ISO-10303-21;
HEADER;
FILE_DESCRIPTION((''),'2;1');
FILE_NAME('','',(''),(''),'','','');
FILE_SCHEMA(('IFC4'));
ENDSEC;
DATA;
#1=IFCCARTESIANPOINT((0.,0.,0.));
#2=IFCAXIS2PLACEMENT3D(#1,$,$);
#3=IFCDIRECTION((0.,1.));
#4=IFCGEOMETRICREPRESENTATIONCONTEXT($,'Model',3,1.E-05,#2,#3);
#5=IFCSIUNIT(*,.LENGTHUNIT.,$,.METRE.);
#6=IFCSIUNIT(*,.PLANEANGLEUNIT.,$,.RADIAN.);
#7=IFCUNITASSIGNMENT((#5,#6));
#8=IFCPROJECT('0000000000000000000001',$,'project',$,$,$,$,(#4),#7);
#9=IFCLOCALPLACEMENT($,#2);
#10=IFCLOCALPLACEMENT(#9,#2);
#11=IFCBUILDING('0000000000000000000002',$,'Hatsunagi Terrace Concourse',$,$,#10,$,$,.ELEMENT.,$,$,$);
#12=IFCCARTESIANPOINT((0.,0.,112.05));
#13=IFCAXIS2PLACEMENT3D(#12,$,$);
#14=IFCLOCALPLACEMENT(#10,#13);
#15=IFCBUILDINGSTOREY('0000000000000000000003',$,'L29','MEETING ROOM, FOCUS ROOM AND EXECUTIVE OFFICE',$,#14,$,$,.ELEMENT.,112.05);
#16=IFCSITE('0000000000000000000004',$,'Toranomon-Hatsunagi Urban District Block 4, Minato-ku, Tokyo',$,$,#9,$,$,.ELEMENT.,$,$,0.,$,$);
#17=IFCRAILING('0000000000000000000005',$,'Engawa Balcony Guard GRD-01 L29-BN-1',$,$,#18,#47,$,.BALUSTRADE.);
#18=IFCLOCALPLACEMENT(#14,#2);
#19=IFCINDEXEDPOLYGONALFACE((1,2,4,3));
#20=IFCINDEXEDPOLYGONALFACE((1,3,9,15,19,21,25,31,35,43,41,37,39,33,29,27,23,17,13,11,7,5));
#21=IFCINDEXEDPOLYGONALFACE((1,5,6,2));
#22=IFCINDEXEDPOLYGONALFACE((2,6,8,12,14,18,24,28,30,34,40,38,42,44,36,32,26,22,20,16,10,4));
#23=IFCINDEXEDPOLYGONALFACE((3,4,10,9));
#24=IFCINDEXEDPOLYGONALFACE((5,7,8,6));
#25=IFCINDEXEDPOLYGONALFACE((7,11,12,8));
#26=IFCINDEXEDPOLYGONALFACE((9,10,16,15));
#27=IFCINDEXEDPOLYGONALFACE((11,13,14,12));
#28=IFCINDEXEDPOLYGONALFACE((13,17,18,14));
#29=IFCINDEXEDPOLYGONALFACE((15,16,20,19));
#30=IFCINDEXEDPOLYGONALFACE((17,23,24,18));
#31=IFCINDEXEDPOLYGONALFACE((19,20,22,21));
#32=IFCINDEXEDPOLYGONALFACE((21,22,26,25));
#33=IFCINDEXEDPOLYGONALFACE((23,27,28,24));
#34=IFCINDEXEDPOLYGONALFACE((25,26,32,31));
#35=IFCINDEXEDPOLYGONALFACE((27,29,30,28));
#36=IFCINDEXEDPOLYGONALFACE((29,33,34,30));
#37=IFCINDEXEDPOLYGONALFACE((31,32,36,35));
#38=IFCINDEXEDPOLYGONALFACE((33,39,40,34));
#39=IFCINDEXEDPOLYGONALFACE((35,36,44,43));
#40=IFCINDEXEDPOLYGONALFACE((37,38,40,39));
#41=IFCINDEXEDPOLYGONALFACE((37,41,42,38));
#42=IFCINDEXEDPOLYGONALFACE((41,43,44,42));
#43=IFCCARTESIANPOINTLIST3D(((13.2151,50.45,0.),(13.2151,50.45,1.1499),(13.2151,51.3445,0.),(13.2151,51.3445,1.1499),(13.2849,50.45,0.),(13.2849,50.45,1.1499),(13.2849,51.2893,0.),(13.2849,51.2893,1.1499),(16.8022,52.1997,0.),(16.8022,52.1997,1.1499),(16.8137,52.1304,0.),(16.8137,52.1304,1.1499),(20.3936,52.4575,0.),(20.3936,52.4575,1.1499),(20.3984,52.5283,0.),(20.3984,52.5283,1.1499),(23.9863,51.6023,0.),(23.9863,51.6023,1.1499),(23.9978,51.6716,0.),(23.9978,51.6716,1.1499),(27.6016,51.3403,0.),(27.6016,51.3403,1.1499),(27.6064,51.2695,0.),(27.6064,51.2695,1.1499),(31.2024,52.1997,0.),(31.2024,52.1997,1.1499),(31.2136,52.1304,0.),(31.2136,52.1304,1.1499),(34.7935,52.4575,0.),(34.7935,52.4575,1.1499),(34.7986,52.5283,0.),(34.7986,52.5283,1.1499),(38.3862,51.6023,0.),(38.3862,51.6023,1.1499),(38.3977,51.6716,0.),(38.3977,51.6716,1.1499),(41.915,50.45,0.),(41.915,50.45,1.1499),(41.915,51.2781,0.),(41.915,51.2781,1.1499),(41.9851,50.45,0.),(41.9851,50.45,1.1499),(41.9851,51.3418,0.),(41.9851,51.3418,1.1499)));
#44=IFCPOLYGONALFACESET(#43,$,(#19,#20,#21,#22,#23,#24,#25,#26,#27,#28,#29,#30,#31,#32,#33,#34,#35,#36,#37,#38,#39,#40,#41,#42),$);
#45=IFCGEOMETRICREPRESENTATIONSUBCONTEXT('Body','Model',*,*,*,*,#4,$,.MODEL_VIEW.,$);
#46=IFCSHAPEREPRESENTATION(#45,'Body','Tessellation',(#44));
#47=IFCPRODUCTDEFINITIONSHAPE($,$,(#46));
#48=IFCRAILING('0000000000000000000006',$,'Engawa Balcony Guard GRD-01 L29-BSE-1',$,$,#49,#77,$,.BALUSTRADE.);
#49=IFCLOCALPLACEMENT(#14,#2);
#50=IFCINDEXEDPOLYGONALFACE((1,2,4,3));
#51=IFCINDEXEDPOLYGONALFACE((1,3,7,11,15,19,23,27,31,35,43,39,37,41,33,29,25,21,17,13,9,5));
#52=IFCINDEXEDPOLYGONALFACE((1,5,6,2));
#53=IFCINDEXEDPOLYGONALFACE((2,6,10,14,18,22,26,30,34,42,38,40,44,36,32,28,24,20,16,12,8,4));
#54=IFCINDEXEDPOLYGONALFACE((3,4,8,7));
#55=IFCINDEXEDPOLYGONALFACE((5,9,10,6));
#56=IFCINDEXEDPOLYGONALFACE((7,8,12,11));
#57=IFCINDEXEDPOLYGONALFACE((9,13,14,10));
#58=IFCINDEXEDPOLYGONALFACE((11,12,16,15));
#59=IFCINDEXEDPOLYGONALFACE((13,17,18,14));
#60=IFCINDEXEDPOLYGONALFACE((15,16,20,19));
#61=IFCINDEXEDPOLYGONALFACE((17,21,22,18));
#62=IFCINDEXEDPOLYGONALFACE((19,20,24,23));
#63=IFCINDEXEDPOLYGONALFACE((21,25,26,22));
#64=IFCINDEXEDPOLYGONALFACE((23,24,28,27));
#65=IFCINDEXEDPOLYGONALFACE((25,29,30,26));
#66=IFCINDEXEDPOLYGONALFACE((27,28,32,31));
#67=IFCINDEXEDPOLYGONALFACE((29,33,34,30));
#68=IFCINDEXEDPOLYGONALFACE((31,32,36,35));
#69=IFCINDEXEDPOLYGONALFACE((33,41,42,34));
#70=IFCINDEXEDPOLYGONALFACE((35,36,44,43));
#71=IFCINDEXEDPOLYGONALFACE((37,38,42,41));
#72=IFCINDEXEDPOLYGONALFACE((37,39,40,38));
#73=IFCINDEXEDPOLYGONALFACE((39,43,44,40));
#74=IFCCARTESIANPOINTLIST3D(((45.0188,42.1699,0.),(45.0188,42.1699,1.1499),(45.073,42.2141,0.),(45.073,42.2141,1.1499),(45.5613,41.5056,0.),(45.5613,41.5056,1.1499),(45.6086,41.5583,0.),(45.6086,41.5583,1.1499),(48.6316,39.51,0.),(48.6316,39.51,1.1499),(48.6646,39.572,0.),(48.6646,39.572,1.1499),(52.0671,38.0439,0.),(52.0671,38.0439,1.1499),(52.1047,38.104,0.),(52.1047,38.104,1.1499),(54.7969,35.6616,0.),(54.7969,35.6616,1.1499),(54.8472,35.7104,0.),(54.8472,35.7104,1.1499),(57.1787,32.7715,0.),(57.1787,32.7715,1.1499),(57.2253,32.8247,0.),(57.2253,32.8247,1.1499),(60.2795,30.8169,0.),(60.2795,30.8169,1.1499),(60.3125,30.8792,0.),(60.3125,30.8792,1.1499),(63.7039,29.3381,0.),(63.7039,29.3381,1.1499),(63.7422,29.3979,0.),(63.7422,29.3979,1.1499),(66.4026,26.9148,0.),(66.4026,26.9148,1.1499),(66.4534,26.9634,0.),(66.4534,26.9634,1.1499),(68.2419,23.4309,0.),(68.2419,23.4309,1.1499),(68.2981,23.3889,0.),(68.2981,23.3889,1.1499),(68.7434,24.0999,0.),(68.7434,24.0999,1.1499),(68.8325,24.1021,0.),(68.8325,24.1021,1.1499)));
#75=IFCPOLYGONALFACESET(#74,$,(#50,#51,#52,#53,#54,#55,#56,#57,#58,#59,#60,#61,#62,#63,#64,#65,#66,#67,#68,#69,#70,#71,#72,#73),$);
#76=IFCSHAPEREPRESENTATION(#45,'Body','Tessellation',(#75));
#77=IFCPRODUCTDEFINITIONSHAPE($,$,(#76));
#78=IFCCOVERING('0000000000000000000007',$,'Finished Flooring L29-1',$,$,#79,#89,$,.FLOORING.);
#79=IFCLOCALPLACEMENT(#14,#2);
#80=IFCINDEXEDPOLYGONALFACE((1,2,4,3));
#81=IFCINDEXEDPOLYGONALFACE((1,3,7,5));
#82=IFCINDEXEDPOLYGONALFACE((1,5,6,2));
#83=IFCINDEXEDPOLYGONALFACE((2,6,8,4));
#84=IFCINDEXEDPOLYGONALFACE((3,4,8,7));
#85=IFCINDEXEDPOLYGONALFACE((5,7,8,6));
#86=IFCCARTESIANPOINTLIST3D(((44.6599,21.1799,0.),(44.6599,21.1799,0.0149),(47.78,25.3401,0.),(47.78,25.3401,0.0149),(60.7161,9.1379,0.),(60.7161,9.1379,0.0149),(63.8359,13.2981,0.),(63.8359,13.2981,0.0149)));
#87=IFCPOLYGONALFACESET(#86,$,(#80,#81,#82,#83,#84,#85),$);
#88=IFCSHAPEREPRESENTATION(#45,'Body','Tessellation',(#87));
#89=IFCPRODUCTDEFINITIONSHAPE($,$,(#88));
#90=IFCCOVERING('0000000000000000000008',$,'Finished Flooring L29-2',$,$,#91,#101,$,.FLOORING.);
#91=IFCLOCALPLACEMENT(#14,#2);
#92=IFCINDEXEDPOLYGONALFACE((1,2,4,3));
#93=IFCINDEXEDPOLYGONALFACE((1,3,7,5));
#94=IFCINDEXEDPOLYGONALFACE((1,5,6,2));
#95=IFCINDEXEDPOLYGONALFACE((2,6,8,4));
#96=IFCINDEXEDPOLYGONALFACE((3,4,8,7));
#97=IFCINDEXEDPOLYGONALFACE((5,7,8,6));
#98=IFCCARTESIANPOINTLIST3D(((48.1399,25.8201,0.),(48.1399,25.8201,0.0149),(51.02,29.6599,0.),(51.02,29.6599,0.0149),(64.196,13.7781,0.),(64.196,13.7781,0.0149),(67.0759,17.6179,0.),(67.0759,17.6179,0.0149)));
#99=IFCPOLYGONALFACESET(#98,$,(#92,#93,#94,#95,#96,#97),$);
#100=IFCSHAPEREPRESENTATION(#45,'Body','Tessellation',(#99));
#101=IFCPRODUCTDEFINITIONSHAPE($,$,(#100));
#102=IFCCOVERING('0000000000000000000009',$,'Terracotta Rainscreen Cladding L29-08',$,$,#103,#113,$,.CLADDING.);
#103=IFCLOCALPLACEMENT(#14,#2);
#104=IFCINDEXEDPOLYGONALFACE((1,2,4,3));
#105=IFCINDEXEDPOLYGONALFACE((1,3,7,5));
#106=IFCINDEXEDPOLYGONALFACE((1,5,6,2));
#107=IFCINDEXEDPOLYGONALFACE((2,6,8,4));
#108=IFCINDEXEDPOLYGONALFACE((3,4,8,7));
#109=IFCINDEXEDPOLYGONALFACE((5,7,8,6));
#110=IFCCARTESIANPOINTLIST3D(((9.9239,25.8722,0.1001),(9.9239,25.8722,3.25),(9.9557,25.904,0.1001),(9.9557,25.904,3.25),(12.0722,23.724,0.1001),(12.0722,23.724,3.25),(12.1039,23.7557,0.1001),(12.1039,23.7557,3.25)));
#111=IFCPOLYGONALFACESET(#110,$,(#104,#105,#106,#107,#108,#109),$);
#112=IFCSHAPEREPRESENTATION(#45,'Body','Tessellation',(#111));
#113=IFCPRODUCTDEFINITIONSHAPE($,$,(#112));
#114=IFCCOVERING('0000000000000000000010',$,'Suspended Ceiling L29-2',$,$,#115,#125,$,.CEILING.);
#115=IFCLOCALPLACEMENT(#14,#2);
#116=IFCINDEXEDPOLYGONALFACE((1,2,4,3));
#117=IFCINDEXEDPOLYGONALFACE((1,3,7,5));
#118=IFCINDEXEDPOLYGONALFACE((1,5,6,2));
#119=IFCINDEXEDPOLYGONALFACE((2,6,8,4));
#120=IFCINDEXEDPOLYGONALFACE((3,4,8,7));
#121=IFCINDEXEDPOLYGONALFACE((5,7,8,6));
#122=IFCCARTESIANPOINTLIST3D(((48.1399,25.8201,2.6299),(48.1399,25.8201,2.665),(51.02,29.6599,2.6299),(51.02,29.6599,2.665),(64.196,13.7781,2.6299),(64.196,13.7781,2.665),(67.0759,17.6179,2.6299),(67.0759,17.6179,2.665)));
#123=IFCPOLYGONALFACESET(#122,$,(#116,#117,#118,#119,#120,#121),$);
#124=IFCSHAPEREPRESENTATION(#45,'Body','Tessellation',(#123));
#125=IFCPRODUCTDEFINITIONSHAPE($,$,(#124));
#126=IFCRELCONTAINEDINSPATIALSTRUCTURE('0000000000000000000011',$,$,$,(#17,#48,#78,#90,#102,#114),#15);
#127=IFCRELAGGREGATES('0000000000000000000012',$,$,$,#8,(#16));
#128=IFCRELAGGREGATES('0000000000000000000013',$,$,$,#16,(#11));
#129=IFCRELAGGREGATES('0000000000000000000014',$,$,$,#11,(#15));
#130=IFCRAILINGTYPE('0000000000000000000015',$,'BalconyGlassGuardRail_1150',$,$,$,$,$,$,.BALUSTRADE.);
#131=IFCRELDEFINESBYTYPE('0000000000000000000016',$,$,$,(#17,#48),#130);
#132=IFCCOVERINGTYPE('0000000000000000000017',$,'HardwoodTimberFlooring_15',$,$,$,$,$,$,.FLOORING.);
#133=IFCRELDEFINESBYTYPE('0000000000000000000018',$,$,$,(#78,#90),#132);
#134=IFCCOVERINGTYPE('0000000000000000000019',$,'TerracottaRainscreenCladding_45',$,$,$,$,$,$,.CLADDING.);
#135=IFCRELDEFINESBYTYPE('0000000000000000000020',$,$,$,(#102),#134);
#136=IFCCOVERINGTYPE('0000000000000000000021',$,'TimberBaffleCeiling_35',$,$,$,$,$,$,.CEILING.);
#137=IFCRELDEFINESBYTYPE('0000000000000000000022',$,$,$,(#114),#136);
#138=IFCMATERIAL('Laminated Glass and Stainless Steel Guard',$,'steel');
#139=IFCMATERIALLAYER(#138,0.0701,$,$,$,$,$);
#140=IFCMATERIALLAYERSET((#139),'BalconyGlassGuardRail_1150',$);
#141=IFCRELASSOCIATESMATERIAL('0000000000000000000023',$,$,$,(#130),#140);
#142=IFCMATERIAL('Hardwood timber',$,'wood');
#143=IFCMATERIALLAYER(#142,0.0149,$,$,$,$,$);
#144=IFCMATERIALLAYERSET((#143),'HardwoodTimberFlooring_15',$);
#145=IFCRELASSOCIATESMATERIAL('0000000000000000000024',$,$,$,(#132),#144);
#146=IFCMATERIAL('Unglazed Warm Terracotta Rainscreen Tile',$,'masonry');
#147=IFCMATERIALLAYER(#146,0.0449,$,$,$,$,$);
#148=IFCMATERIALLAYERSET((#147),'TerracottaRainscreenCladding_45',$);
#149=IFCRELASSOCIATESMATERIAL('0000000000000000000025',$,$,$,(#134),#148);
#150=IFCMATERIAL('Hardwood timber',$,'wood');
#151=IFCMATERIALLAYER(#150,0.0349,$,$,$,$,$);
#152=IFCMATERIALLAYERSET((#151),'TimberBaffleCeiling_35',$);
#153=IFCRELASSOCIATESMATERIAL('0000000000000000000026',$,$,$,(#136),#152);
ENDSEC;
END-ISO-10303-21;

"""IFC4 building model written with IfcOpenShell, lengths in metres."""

from ifc_helpers import new_model, si_unit, direction, frame, origin, origin_2d, place, context, subcontext, project, spatial, polyline, rectangle, outline, extrude, material, layer, layer_set, type_object, element, save


model = new_model("IFC4")

# Units and contexts
model_context = context("Model", 3, precision=1e-05, world=origin(), true_north=direction((0.0, 1.0)))
body_context = subcontext(model_context, "Body", "Model", "MODEL_VIEW")
ifc_project = project(units=[si_unit("LENGTHUNIT", "METRE"), si_unit("PLANEANGLEUNIT", "RADIAN")], contexts=[model_context])

# Site, building, storey
site_placement = place(None, origin())
site = spatial("IfcSite", under=ifc_project, at=site_placement, Name="Toranomon-Hatsunagi Urban District Block 4, Minato-ku, Tokyo", CompositionType="ELEMENT", RefElevation=0.0)
building_placement = place(site_placement, origin())
building = spatial("IfcBuilding", under=site, at=building_placement, Name="Hatsunagi Terrace Concourse", CompositionType="ELEMENT")
storey_placement = place(building_placement, frame((0.0, 0.0, 112.05)))
storey = spatial("IfcBuildingStorey", under=building, at=storey_placement, Name="L29", Description="MEETING ROOM, FOCUS ROOM AND EXECUTIVE OFFICE", CompositionType="ELEMENT", Elevation=112.05)

# Railings
ifc_material_1 = material(Name="Laminated Glass and Stainless Steel Guard", Category="steel")
ifc_layer_1 = layer(ifc_material_1, 0.0701)
ifc_layer_set_1 = layer_set([ifc_layer_1], Name="BalconyGlassGuardRail_1150")
railing_type = type_object("IfcRailingType", Name="BalconyGlassGuardRail_1150", PredefinedType="BALUSTRADE", material=ifc_layer_set_1)
railing_1_placement = place(storey_placement, origin())
element("IfcRailing", 1, at=railing_1_placement, inside=storey, type_object=railing_type, Name="Engawa Balcony Guard GRD-01 L29-BN-1", PredefinedType="BALUSTRADE", context=body_context, shape_type="SweptSolid", body=[
    extrude(outline(polyline([(13.2151, 50.45), (13.2849, 50.45), (13.2849, 51.2893), (16.8137, 52.1304), (20.3936, 52.4575), (23.9863, 51.6023), (27.6064, 51.2695), (31.2136, 52.1304), (34.7935, 52.4575), (38.3862, 51.6023), (41.915, 51.2781), (41.915, 50.45), (41.9851, 50.45), (41.9851, 51.3418), (38.3977, 51.6716), (34.7986, 52.5283), (31.2024, 52.1997), (27.6016, 51.3403), (23.9978, 51.6716), (20.3984, 52.5283), (16.8022, 52.1997), (13.2151, 51.3445), (13.2151, 50.45)])), origin(), (0.0, 0.0, 1.0), 1.1499),
])
railing_2_placement = place(storey_placement, origin())
element("IfcRailing", 2, at=railing_2_placement, inside=storey, type_object=railing_type, Name="Engawa Balcony Guard GRD-01 L29-BSE-1", PredefinedType="BALUSTRADE", context=body_context, shape_type="SweptSolid", body=[
    extrude(outline(polyline([(45.073, 42.2141), (45.0188, 42.1699), (45.5613, 41.5056), (48.6316, 39.51), (52.0671, 38.0439), (54.7969, 35.6616), (57.1787, 32.7715), (60.2795, 30.8169), (63.7039, 29.3381), (66.4026, 26.9148), (68.7434, 24.0999), (68.2419, 23.4309), (68.2981, 23.3889), (68.8325, 24.1021), (66.4534, 26.9634), (63.7422, 29.3979), (60.3125, 30.8792), (57.2253, 32.8247), (54.8472, 35.7104), (52.1047, 38.104), (48.6646, 39.572), (45.6086, 41.5583), (45.073, 42.2141)])), origin(), (0.0, 0.0, 1.0), 1.1499),
])

# Coverings
ifc_material_2 = material(Name="Hardwood timber", Category="wood")
ifc_layer_2 = layer(ifc_material_2, 0.0149)
ifc_layer_set_2 = layer_set([ifc_layer_2], Name="HardwoodTimberFlooring_15")
covering_type_1 = type_object("IfcCoveringType", Name="HardwoodTimberFlooring_15", PredefinedType="FLOORING", material=ifc_layer_set_2)
covering_1_placement = place(storey_placement, origin())
element("IfcCovering", 3, at=covering_1_placement, inside=storey, type_object=covering_type_1, Name="Finished Flooring L29-1", PredefinedType="FLOORING", context=body_context, shape_type="SweptSolid", body=[
    extrude(outline(polyline([(63.8359, 13.2981), (47.78, 25.3401), (44.6599, 21.1799), (60.7161, 9.1379), (63.8359, 13.2981)])), origin(), (0.0, 0.0, 1.0), 0.0149),
])
covering_2_placement = place(storey_placement, origin())
element("IfcCovering", 4, at=covering_2_placement, inside=storey, type_object=covering_type_1, Name="Finished Flooring L29-2", PredefinedType="FLOORING", context=body_context, shape_type="SweptSolid", body=[
    extrude(outline(polyline([(67.0759, 17.6179), (51.02, 29.6599), (48.1399, 25.8201), (64.196, 13.7781), (67.0759, 17.6179)])), origin(), (0.0, 0.0, 1.0), 0.0149),
])
ifc_material_3 = material(Name="Unglazed Warm Terracotta Rainscreen Tile", Category="masonry")
ifc_layer_3 = layer(ifc_material_3, 0.0449)
ifc_layer_set_3 = layer_set([ifc_layer_3], Name="TerracottaRainscreenCladding_45")
covering_type_2 = type_object("IfcCoveringType", Name="TerracottaRainscreenCladding_45", PredefinedType="CLADDING", material=ifc_layer_set_3)
covering_3_placement = place(storey_placement, frame((11.0139, 24.814, 0.1001), z_axis=(0.0, 0.0, 1.0), x_axis=(-0.707107, 0.707107, 0.0)))
element("IfcCovering", 5, at=covering_3_placement, inside=storey, type_object=covering_type_2, Name="Terracotta Rainscreen Cladding L29-08", PredefinedType="CLADDING", context=body_context, shape_type="SweptSolid", body=[
    extrude(rectangle(XDim=3.0381, YDim=0.0449, at=origin_2d()), origin(), (0.0, 0.0, 1.0), 3.1499),
])
ifc_material_4 = material(Name="Hardwood timber", Category="wood")
ifc_layer_4 = layer(ifc_material_4, 0.0349)
ifc_layer_set_4 = layer_set([ifc_layer_4], Name="TimberBaffleCeiling_35")
covering_type_3 = type_object("IfcCoveringType", Name="TimberBaffleCeiling_35", PredefinedType="CEILING", material=ifc_layer_set_4)
covering_4_placement = place(storey_placement, frame((0.0, 0.0, 2.6299)))
element("IfcCovering", 6, at=covering_4_placement, inside=storey, type_object=covering_type_3, Name="Suspended Ceiling L29-2", PredefinedType="CEILING", context=body_context, shape_type="SweptSolid", body=[
    extrude(outline(polyline([(67.0759, 17.6179), (51.02, 29.6599), (48.1399, 25.8201), (64.196, 13.7781), (67.0759, 17.6179)])), origin(), (0.0, 0.0, 1.0), 0.0352),
])

save(model, "model.ifc")
